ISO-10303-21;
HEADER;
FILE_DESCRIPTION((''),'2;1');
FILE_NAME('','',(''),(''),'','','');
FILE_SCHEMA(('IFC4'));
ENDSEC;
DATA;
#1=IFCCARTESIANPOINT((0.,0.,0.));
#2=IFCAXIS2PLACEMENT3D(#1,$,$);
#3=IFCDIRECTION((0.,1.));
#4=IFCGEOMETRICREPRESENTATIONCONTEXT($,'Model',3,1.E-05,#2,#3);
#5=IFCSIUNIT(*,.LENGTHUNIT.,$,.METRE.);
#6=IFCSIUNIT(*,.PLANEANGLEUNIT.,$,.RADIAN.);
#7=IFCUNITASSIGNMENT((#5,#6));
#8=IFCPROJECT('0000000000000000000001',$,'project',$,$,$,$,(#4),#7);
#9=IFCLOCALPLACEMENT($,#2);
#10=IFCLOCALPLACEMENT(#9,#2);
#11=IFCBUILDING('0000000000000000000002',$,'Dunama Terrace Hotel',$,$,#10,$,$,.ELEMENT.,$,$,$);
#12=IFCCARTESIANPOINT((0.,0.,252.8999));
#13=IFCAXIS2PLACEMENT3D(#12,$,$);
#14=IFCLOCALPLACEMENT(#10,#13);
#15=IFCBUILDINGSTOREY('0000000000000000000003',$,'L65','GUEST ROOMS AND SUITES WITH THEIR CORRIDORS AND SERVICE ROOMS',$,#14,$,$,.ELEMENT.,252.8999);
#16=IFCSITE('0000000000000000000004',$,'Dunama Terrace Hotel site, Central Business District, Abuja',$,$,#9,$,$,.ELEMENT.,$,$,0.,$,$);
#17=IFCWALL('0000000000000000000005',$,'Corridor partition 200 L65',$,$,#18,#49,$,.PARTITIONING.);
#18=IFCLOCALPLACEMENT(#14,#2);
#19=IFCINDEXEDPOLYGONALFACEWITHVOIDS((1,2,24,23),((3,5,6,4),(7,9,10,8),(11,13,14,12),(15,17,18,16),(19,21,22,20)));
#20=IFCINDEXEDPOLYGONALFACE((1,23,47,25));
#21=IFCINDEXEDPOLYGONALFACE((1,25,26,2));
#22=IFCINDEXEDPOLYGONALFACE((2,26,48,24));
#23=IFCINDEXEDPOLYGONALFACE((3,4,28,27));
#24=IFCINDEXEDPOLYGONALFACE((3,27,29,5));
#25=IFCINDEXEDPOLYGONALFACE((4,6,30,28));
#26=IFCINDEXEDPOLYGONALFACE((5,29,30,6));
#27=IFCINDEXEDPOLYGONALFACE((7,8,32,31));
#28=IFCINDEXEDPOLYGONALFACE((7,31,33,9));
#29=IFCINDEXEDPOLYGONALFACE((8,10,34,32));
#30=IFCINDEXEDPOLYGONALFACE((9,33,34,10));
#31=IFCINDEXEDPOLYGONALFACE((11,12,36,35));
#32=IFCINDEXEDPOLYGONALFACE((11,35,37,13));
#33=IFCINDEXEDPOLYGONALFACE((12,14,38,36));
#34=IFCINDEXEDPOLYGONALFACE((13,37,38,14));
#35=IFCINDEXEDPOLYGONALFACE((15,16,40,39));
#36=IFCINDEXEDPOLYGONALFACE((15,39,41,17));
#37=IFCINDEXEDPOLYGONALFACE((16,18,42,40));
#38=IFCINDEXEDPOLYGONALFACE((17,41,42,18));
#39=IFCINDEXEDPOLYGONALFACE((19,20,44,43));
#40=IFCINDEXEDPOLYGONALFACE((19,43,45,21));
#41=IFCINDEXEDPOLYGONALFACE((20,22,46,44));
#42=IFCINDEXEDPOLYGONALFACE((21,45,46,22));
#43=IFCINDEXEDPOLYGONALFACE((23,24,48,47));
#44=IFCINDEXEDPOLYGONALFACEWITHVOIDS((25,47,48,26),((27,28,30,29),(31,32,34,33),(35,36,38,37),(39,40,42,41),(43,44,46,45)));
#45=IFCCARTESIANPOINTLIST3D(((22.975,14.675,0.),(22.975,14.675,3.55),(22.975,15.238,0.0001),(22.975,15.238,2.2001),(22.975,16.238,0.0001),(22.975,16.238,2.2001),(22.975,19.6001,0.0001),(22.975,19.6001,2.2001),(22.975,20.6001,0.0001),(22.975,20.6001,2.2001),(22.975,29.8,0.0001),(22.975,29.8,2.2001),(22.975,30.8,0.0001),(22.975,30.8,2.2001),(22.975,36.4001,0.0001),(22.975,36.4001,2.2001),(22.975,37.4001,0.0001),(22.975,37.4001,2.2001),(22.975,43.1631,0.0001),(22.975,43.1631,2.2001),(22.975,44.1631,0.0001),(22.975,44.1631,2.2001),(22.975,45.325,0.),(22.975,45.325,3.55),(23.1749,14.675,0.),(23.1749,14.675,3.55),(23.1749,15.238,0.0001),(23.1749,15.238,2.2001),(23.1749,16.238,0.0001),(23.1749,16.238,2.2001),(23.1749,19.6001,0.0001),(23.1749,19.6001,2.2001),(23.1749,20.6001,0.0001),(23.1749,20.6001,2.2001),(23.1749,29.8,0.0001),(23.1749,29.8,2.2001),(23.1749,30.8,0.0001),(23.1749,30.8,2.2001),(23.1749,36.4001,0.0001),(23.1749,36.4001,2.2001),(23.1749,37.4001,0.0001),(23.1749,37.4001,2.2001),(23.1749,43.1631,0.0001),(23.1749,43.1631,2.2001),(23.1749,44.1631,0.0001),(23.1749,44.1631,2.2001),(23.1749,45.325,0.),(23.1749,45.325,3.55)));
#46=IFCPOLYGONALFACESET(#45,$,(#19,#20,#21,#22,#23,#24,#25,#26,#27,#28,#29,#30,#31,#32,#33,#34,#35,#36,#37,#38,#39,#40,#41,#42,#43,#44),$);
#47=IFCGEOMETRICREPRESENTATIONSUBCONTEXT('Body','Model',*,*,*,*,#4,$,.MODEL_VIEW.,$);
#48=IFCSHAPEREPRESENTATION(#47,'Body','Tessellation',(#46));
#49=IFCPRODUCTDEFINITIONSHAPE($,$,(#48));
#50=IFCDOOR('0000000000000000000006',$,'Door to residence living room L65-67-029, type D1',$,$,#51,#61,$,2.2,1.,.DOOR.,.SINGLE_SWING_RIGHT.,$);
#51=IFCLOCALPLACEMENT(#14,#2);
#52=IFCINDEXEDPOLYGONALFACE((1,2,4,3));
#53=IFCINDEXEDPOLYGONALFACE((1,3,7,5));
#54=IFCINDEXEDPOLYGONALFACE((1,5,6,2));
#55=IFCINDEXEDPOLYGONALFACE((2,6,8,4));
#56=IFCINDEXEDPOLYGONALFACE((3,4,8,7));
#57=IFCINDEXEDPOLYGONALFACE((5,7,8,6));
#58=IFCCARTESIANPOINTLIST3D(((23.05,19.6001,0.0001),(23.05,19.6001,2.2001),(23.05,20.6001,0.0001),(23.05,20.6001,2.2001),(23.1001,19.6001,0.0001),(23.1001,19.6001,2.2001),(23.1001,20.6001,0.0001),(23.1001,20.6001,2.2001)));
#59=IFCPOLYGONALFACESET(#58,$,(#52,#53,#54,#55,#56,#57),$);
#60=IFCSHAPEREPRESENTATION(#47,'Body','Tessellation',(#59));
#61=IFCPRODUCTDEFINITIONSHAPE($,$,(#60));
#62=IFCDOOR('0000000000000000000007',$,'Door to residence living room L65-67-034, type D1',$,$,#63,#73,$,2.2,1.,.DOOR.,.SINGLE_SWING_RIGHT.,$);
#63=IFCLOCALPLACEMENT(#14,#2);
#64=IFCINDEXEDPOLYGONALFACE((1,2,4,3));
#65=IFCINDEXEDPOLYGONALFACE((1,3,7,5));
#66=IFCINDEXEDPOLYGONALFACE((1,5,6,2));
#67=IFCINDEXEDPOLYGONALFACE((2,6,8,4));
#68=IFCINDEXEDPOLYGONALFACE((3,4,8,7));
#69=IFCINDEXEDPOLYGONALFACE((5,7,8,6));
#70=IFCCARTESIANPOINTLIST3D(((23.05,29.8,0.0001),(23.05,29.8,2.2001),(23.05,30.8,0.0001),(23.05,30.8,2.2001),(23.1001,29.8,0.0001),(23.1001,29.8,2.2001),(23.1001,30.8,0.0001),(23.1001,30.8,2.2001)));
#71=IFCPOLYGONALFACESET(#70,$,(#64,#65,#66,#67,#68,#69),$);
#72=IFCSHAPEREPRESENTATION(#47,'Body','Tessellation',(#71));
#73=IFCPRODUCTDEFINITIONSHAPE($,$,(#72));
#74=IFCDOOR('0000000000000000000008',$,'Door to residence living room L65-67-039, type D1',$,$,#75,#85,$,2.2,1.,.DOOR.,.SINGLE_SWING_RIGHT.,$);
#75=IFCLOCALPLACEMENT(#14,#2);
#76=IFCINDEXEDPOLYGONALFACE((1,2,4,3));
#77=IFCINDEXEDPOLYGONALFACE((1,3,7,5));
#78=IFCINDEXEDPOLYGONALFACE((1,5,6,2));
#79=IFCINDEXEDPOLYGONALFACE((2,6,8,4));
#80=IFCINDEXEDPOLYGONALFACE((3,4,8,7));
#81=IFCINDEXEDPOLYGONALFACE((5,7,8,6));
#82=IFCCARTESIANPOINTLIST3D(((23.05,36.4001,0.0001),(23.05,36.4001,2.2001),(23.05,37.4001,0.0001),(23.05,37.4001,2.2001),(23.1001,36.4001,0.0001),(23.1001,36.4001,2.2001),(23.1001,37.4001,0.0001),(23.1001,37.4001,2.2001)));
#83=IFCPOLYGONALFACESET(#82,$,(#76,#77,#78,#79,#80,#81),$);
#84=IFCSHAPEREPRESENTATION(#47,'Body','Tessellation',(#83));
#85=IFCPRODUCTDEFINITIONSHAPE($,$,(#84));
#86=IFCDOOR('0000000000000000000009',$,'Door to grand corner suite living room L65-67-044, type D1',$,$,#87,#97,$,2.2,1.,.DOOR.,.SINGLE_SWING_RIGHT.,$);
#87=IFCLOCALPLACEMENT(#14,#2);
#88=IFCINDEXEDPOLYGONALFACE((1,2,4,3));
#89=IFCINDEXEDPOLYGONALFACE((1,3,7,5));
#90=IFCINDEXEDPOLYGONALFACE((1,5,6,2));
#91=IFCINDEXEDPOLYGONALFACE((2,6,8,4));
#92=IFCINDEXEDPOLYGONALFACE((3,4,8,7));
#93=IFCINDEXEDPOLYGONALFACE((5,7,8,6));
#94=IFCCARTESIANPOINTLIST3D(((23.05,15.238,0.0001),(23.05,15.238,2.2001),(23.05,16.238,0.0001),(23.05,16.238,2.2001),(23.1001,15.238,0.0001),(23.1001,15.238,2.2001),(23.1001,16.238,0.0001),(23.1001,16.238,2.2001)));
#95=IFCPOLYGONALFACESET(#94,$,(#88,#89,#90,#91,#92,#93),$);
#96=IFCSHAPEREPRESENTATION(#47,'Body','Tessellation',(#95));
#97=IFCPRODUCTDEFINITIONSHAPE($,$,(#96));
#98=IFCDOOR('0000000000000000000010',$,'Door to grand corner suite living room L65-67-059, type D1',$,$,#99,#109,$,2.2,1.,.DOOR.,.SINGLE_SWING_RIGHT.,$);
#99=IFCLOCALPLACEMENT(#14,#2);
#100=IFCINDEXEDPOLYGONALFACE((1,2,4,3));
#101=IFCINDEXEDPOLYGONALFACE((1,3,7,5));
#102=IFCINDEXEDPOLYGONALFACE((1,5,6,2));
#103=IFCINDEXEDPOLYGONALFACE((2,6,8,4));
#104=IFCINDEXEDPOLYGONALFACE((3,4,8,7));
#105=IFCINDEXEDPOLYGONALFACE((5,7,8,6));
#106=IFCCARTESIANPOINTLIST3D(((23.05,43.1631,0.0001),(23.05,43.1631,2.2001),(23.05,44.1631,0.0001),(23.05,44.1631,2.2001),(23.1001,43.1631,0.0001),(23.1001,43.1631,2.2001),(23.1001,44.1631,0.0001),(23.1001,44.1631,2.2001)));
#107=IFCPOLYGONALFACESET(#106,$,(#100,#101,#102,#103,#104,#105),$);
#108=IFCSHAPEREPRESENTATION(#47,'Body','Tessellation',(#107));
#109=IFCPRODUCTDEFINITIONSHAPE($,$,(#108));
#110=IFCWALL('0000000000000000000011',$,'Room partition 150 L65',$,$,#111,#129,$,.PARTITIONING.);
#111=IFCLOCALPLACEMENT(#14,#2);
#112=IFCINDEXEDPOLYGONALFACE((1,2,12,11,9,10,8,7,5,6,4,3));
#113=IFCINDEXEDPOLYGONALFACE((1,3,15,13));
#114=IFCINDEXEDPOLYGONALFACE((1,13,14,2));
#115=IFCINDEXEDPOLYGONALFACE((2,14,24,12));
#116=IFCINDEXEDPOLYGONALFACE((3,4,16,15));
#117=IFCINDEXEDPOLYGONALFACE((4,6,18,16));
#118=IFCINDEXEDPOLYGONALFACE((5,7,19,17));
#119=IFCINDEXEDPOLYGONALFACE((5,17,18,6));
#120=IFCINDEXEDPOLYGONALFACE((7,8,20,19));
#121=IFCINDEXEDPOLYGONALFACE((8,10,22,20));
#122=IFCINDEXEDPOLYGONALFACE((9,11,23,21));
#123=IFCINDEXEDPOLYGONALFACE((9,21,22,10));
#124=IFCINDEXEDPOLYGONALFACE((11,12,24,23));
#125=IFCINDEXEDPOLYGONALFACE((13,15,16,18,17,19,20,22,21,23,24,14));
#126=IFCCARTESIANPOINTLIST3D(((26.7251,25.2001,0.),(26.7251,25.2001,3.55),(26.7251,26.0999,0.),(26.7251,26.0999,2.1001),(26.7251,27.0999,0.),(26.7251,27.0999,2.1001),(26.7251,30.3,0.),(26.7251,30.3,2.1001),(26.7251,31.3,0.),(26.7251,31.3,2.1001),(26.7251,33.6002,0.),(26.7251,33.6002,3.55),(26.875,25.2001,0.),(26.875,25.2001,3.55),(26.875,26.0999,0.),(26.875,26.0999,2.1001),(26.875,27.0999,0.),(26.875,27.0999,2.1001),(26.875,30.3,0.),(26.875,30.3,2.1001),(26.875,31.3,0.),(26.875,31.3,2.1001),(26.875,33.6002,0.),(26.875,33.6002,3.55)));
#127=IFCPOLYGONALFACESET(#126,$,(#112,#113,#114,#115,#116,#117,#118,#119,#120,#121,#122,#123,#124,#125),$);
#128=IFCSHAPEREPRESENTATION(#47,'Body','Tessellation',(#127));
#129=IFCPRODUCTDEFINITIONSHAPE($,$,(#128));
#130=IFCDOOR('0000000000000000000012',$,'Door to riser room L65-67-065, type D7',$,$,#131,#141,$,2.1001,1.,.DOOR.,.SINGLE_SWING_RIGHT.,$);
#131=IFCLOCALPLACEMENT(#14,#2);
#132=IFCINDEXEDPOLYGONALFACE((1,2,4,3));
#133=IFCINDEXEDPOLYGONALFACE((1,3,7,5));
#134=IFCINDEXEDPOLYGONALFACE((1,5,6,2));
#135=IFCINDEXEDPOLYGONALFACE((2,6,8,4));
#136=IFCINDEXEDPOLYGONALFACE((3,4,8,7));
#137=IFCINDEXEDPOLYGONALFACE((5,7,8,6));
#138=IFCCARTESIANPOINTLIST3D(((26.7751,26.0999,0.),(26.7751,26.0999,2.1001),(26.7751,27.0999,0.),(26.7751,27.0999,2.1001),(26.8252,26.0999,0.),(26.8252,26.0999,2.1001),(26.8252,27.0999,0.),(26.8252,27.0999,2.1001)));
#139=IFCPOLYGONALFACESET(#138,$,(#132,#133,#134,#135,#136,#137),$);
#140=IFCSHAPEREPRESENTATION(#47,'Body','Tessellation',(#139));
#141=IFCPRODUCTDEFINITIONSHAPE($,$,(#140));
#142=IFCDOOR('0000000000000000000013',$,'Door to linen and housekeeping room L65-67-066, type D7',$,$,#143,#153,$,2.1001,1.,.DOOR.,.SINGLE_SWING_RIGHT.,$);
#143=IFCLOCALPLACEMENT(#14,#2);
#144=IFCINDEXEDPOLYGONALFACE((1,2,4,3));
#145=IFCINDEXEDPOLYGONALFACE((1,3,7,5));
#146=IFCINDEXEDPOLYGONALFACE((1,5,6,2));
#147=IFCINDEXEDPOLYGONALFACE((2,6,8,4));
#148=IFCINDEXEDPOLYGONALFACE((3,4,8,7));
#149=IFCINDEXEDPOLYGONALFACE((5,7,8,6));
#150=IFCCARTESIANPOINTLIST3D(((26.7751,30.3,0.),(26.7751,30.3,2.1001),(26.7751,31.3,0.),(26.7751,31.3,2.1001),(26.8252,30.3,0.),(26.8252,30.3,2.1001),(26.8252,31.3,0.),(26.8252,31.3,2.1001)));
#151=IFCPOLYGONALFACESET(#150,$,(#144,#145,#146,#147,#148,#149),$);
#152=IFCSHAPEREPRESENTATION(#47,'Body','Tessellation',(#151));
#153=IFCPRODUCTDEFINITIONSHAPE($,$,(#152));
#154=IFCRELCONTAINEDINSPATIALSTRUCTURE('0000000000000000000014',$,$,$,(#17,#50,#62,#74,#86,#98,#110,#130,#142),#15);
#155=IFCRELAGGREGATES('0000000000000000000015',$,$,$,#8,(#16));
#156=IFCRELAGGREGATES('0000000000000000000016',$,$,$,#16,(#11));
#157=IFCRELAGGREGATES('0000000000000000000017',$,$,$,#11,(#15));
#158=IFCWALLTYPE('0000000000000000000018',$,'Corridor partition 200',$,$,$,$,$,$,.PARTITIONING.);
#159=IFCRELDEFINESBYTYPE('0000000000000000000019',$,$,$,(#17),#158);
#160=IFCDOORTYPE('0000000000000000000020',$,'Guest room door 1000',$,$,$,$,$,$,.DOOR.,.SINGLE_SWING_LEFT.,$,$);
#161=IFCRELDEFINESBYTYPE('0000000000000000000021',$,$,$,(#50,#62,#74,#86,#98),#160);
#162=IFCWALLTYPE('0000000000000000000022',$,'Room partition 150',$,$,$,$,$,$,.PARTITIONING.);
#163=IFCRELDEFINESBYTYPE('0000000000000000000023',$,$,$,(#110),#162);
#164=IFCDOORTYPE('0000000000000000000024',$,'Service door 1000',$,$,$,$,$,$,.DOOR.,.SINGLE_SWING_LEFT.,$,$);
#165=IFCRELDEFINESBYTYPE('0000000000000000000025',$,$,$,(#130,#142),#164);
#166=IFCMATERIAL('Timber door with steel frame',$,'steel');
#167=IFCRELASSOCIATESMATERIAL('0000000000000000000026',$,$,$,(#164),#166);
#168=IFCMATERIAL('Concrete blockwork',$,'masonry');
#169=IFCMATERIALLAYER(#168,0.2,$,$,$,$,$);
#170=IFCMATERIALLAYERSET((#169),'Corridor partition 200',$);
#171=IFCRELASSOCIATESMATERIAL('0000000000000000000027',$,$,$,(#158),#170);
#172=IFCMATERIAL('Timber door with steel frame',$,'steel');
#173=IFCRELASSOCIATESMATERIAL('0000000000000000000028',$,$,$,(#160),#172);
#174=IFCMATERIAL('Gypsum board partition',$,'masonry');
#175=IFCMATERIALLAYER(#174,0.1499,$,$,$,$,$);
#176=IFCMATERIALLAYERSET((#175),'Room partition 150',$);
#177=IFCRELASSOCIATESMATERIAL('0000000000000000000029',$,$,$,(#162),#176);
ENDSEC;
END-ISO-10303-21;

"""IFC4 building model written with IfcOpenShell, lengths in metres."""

from ifc_helpers import new_model, si_unit, direction, frame, frame_2d, origin, place, context, subcontext, project, spatial, rectangle, extrude, material, layer, layer_set, type_object, element, fill, save


model = new_model("IFC4")

# Units and contexts
model_context = context("Model", 3, precision=1e-05, world=origin(), true_north=direction((0.0, 1.0)))
body_context = subcontext(model_context, "Body", "Model", "MODEL_VIEW")
ifc_project = project(units=[si_unit("LENGTHUNIT", "METRE"), si_unit("PLANEANGLEUNIT", "RADIAN")], contexts=[model_context])

# Site, building, storey
site_placement = place(None, origin())
site = spatial("IfcSite", under=ifc_project, at=site_placement, Name="Dunama Terrace Hotel site, Central Business District, Abuja", CompositionType="ELEMENT", RefElevation=0.0)
building_placement = place(site_placement, origin())
building = spatial("IfcBuilding", under=site, at=building_placement, Name="Dunama Terrace Hotel", CompositionType="ELEMENT")
storey_placement = place(building_placement, frame((0.0, 0.0, 252.8999)))
storey = spatial("IfcBuildingStorey", under=building, at=storey_placement, Name="L65", Description="GUEST ROOMS AND SUITES WITH THEIR CORRIDORS AND SERVICE ROOMS", CompositionType="ELEMENT", Elevation=252.8999)

# Walls, openings, doors
ifc_material_1 = material(Name="Timber door with steel frame", Category="steel")
door_type_1 = type_object("IfcDoorType", Name="Service door 1000", OperationType="SINGLE_SWING_LEFT", PredefinedType="DOOR", material=ifc_material_1)
ifc_material_2 = material(Name="Concrete blockwork", Category="masonry")
ifc_layer_1 = layer(ifc_material_2, 0.2)
ifc_layer_set_1 = layer_set([ifc_layer_1], Name="Corridor partition 200")
wall_type_1 = type_object("IfcWallType", Name="Corridor partition 200", PredefinedType="PARTITIONING", material=ifc_layer_set_1)
wall_1_placement = place(storey_placement, frame((23.075, 14.675, 0.0), z_axis=(0.0, 0.0, 1.0), x_axis=(0.0, 1.0, 0.0)))
wall_1 = element("IfcWall", 1, at=wall_1_placement, inside=storey, type_object=wall_type_1, Name="Corridor partition 200 L65", PredefinedType="PARTITIONING", context=body_context, shape_type="SweptSolid", body=[
    extrude(rectangle(XDim=30.6499, YDim=0.2, at=frame_2d((15.325, 0.0))), origin(), (0.0, 0.0, 1.0), 3.55),
])
opening_1_placement = place(wall_1_placement, frame((4.925, 0.0, 0.0)))
opening_1 = element("IfcOpeningElement", 2, at=opening_1_placement, cuts=wall_1, PredefinedType="OPENING", context=body_context, shape_type="SweptSolid", body=[
    extrude(rectangle(XDim=1.0, YDim=2.2, at=frame_2d((0.5, 1.1001))), frame((0.0, 0.1099, 0.0), z_axis=(0.0, -1.0, 0.0), x_axis=(1.0, 0.0, 0.0)), (0.0, 0.0, 1.0), 0.22),
])
opening_2_placement = place(wall_1_placement, frame((15.125, 0.0, 0.0)))
opening_2 = element("IfcOpeningElement", 3, at=opening_2_placement, cuts=wall_1, PredefinedType="OPENING", context=body_context, shape_type="SweptSolid", body=[
    extrude(rectangle(XDim=1.0, YDim=2.2, at=frame_2d((0.5, 1.1001))), frame((0.0, 0.1099, 0.0), z_axis=(0.0, -1.0, 0.0), x_axis=(1.0, 0.0, 0.0)), (0.0, 0.0, 1.0), 0.22),
])
opening_3_placement = place(wall_1_placement, frame((21.7251, 0.0, 0.0)))
opening_3 = element("IfcOpeningElement", 4, at=opening_3_placement, cuts=wall_1, PredefinedType="OPENING", context=body_context, shape_type="SweptSolid", body=[
    extrude(rectangle(XDim=1.0, YDim=2.2, at=frame_2d((0.5, 1.1001))), frame((0.0, 0.1099, 0.0), z_axis=(0.0, -1.0, 0.0), x_axis=(1.0, 0.0, 0.0)), (0.0, 0.0, 1.0), 0.22),
])
opening_4_placement = place(wall_1_placement, frame((0.563, 0.0, 0.0)))
opening_4 = element("IfcOpeningElement", 5, at=opening_4_placement, cuts=wall_1, PredefinedType="OPENING", context=body_context, shape_type="SweptSolid", body=[
    extrude(rectangle(XDim=1.0, YDim=2.2, at=frame_2d((0.5, 1.1001))), frame((0.0, 0.1099, 0.0), z_axis=(0.0, -1.0, 0.0), x_axis=(1.0, 0.0, 0.0)), (0.0, 0.0, 1.0), 0.22),
])
opening_5_placement = place(wall_1_placement, frame((28.488, 0.0, 0.0)))
opening_5 = element("IfcOpeningElement", 6, at=opening_5_placement, cuts=wall_1, PredefinedType="OPENING", context=body_context, shape_type="SweptSolid", body=[
    extrude(rectangle(XDim=1.0, YDim=2.2, at=frame_2d((0.5, 1.1001))), frame((0.0, 0.1099, 0.0), z_axis=(0.0, -1.0, 0.0), x_axis=(1.0, 0.0, 0.0)), (0.0, 0.0, 1.0), 0.22),
])
ifc_material_3 = material(Name="Timber door with steel frame", Category="steel")
door_type_2 = type_object("IfcDoorType", Name="Guest room door 1000", OperationType="SINGLE_SWING_LEFT", PredefinedType="DOOR", material=ifc_material_3)
door_1_placement = place(opening_1_placement, origin())
door_1 = element("IfcDoor", 7, at=door_1_placement, inside=storey, type_object=door_type_2, Name="Door to residence living room L65-67-029, type D1", OperationType="SINGLE_SWING_RIGHT", OverallHeight=2.2, OverallWidth=1.0, PredefinedType="DOOR", context=body_context, shape_type="SweptSolid", body=[
    extrude(rectangle(XDim=1.0, YDim=2.2, at=frame_2d((0.5, 1.1001))), frame((0.0, 0.0249, 0.0), z_axis=(0.0, -1.0, 0.0), x_axis=(1.0, 0.0, 0.0)), (0.0, 0.0, 1.0), 0.05),
])
fill(opening_1, door_1)
door_2_placement = place(opening_2_placement, origin())
door_2 = element("IfcDoor", 8, at=door_2_placement, inside=storey, type_object=door_type_2, Name="Door to residence living room L65-67-034, type D1", OperationType="SINGLE_SWING_RIGHT", OverallHeight=2.2, OverallWidth=1.0, PredefinedType="DOOR", context=body_context, shape_type="SweptSolid", body=[
    extrude(rectangle(XDim=1.0, YDim=2.2, at=frame_2d((0.5, 1.1001))), frame((0.0, 0.0249, 0.0), z_axis=(0.0, -1.0, 0.0), x_axis=(1.0, 0.0, 0.0)), (0.0, 0.0, 1.0), 0.05),
])
fill(opening_2, door_2)
door_3_placement = place(opening_3_placement, origin())
door_3 = element("IfcDoor", 9, at=door_3_placement, inside=storey, type_object=door_type_2, Name="Door to residence living room L65-67-039, type D1", OperationType="SINGLE_SWING_RIGHT", OverallHeight=2.2, OverallWidth=1.0, PredefinedType="DOOR", context=body_context, shape_type="SweptSolid", body=[
    extrude(rectangle(XDim=1.0, YDim=2.2, at=frame_2d((0.5, 1.1001))), frame((0.0, 0.0249, 0.0), z_axis=(0.0, -1.0, 0.0), x_axis=(1.0, 0.0, 0.0)), (0.0, 0.0, 1.0), 0.05),
])
fill(opening_3, door_3)
door_4_placement = place(opening_4_placement, origin())
door_4 = element("IfcDoor", 10, at=door_4_placement, inside=storey, type_object=door_type_2, Name="Door to grand corner suite living room L65-67-044, type D1", OperationType="SINGLE_SWING_RIGHT", OverallHeight=2.2, OverallWidth=1.0, PredefinedType="DOOR", context=body_context, shape_type="SweptSolid", body=[
    extrude(rectangle(XDim=1.0, YDim=2.2, at=frame_2d((0.5, 1.1001))), frame((0.0, 0.0249, 0.0), z_axis=(0.0, -1.0, 0.0), x_axis=(1.0, 0.0, 0.0)), (0.0, 0.0, 1.0), 0.05),
])
fill(opening_4, door_4)
door_5_placement = place(opening_5_placement, origin())
door_5 = element("IfcDoor", 11, at=door_5_placement, inside=storey, type_object=door_type_2, Name="Door to grand corner suite living room L65-67-059, type D1", OperationType="SINGLE_SWING_RIGHT", OverallHeight=2.2, OverallWidth=1.0, PredefinedType="DOOR", context=body_context, shape_type="SweptSolid", body=[
    extrude(rectangle(XDim=1.0, YDim=2.2, at=frame_2d((0.5, 1.1001))), frame((0.0, 0.0249, 0.0), z_axis=(0.0, -1.0, 0.0), x_axis=(1.0, 0.0, 0.0)), (0.0, 0.0, 1.0), 0.05),
])
fill(opening_5, door_5)
ifc_material_4 = material(Name="Gypsum board partition", Category="masonry")
ifc_layer_2 = layer(ifc_material_4, 0.1499)
ifc_layer_set_2 = layer_set([ifc_layer_2], Name="Room partition 150")
wall_type_2 = type_object("IfcWallType", Name="Room partition 150", PredefinedType="PARTITIONING", material=ifc_layer_set_2)
wall_2_placement = place(storey_placement, frame((26.8, 25.2, 0.0), z_axis=(0.0, 0.0, 1.0), x_axis=(0.0, 1.0, 0.0)))
wall_2 = element("IfcWall", 12, at=wall_2_placement, inside=storey, type_object=wall_type_2, Name="Room partition 150 L65", PredefinedType="PARTITIONING", context=body_context, shape_type="SweptSolid", body=[
    extrude(rectangle(XDim=8.4001, YDim=0.1499, at=frame_2d((4.2002, 0.0))), origin(), (0.0, 0.0, 1.0), 3.55),
])
opening_6_placement = place(wall_2_placement, frame((0.8999, 0.0, 0.0)))
opening_6 = element("IfcOpeningElement", 13, at=opening_6_placement, cuts=wall_2, PredefinedType="OPENING", context=body_context, shape_type="SweptSolid", body=[
    extrude(rectangle(XDim=1.0, YDim=2.1001, at=frame_2d((0.5, 1.05))), frame((0.0, 0.085, 0.0), z_axis=(0.0, -1.0, 0.0), x_axis=(1.0, 0.0, 0.0)), (0.0, 0.0, 1.0), 0.1699),
])
opening_7_placement = place(wall_2_placement, frame((5.1001, 0.0, 0.0)))
opening_7 = element("IfcOpeningElement", 14, at=opening_7_placement, cuts=wall_2, PredefinedType="OPENING", context=body_context, shape_type="SweptSolid", body=[
    extrude(rectangle(XDim=1.0, YDim=2.1001, at=frame_2d((0.5, 1.05))), frame((0.0, 0.085, 0.0), z_axis=(0.0, -1.0, 0.0), x_axis=(1.0, 0.0, 0.0)), (0.0, 0.0, 1.0), 0.1699),
])
door_6_placement = place(opening_6_placement, frame((1.0, 0.0, 0.0), z_axis=(0.0, 0.0, 1.0), x_axis=(-1.0, 0.0, 0.0)))
door_6 = element("IfcDoor", 15, at=door_6_placement, inside=storey, type_object=door_type_1, Name="Door to riser room L65-67-065, type D7", OperationType="SINGLE_SWING_RIGHT", OverallHeight=2.1001, OverallWidth=1.0, PredefinedType="DOOR", context=body_context, shape_type="SweptSolid", body=[
    extrude(rectangle(XDim=1.0, YDim=2.1001, at=frame_2d((0.5, 1.05))), frame((0.0, 0.0251, 0.0), z_axis=(0.0, -1.0, 0.0), x_axis=(1.0, 0.0, 0.0)), (0.0, 0.0, 1.0), 0.05),
])
fill(opening_6, door_6)
door_7_placement = place(opening_7_placement, frame((1.0, 0.0, 0.0), z_axis=(0.0, 0.0, 1.0), x_axis=(-1.0, 0.0, 0.0)))
door_7 = element("IfcDoor", 16, at=door_7_placement, inside=storey, type_object=door_type_1, Name="Door to linen and housekeeping room L65-67-066, type D7", OperationType="SINGLE_SWING_RIGHT", OverallHeight=2.1001, OverallWidth=1.0, PredefinedType="DOOR", context=body_context, shape_type="SweptSolid", body=[
    extrude(rectangle(XDim=1.0, YDim=2.1001, at=frame_2d((0.5, 1.05))), frame((0.0, 0.0251, 0.0), z_axis=(0.0, -1.0, 0.0), x_axis=(1.0, 0.0, 0.0)), (0.0, 0.0, 1.0), 0.05),
])
fill(opening_7, door_7)

save(model, "model.ifc")
